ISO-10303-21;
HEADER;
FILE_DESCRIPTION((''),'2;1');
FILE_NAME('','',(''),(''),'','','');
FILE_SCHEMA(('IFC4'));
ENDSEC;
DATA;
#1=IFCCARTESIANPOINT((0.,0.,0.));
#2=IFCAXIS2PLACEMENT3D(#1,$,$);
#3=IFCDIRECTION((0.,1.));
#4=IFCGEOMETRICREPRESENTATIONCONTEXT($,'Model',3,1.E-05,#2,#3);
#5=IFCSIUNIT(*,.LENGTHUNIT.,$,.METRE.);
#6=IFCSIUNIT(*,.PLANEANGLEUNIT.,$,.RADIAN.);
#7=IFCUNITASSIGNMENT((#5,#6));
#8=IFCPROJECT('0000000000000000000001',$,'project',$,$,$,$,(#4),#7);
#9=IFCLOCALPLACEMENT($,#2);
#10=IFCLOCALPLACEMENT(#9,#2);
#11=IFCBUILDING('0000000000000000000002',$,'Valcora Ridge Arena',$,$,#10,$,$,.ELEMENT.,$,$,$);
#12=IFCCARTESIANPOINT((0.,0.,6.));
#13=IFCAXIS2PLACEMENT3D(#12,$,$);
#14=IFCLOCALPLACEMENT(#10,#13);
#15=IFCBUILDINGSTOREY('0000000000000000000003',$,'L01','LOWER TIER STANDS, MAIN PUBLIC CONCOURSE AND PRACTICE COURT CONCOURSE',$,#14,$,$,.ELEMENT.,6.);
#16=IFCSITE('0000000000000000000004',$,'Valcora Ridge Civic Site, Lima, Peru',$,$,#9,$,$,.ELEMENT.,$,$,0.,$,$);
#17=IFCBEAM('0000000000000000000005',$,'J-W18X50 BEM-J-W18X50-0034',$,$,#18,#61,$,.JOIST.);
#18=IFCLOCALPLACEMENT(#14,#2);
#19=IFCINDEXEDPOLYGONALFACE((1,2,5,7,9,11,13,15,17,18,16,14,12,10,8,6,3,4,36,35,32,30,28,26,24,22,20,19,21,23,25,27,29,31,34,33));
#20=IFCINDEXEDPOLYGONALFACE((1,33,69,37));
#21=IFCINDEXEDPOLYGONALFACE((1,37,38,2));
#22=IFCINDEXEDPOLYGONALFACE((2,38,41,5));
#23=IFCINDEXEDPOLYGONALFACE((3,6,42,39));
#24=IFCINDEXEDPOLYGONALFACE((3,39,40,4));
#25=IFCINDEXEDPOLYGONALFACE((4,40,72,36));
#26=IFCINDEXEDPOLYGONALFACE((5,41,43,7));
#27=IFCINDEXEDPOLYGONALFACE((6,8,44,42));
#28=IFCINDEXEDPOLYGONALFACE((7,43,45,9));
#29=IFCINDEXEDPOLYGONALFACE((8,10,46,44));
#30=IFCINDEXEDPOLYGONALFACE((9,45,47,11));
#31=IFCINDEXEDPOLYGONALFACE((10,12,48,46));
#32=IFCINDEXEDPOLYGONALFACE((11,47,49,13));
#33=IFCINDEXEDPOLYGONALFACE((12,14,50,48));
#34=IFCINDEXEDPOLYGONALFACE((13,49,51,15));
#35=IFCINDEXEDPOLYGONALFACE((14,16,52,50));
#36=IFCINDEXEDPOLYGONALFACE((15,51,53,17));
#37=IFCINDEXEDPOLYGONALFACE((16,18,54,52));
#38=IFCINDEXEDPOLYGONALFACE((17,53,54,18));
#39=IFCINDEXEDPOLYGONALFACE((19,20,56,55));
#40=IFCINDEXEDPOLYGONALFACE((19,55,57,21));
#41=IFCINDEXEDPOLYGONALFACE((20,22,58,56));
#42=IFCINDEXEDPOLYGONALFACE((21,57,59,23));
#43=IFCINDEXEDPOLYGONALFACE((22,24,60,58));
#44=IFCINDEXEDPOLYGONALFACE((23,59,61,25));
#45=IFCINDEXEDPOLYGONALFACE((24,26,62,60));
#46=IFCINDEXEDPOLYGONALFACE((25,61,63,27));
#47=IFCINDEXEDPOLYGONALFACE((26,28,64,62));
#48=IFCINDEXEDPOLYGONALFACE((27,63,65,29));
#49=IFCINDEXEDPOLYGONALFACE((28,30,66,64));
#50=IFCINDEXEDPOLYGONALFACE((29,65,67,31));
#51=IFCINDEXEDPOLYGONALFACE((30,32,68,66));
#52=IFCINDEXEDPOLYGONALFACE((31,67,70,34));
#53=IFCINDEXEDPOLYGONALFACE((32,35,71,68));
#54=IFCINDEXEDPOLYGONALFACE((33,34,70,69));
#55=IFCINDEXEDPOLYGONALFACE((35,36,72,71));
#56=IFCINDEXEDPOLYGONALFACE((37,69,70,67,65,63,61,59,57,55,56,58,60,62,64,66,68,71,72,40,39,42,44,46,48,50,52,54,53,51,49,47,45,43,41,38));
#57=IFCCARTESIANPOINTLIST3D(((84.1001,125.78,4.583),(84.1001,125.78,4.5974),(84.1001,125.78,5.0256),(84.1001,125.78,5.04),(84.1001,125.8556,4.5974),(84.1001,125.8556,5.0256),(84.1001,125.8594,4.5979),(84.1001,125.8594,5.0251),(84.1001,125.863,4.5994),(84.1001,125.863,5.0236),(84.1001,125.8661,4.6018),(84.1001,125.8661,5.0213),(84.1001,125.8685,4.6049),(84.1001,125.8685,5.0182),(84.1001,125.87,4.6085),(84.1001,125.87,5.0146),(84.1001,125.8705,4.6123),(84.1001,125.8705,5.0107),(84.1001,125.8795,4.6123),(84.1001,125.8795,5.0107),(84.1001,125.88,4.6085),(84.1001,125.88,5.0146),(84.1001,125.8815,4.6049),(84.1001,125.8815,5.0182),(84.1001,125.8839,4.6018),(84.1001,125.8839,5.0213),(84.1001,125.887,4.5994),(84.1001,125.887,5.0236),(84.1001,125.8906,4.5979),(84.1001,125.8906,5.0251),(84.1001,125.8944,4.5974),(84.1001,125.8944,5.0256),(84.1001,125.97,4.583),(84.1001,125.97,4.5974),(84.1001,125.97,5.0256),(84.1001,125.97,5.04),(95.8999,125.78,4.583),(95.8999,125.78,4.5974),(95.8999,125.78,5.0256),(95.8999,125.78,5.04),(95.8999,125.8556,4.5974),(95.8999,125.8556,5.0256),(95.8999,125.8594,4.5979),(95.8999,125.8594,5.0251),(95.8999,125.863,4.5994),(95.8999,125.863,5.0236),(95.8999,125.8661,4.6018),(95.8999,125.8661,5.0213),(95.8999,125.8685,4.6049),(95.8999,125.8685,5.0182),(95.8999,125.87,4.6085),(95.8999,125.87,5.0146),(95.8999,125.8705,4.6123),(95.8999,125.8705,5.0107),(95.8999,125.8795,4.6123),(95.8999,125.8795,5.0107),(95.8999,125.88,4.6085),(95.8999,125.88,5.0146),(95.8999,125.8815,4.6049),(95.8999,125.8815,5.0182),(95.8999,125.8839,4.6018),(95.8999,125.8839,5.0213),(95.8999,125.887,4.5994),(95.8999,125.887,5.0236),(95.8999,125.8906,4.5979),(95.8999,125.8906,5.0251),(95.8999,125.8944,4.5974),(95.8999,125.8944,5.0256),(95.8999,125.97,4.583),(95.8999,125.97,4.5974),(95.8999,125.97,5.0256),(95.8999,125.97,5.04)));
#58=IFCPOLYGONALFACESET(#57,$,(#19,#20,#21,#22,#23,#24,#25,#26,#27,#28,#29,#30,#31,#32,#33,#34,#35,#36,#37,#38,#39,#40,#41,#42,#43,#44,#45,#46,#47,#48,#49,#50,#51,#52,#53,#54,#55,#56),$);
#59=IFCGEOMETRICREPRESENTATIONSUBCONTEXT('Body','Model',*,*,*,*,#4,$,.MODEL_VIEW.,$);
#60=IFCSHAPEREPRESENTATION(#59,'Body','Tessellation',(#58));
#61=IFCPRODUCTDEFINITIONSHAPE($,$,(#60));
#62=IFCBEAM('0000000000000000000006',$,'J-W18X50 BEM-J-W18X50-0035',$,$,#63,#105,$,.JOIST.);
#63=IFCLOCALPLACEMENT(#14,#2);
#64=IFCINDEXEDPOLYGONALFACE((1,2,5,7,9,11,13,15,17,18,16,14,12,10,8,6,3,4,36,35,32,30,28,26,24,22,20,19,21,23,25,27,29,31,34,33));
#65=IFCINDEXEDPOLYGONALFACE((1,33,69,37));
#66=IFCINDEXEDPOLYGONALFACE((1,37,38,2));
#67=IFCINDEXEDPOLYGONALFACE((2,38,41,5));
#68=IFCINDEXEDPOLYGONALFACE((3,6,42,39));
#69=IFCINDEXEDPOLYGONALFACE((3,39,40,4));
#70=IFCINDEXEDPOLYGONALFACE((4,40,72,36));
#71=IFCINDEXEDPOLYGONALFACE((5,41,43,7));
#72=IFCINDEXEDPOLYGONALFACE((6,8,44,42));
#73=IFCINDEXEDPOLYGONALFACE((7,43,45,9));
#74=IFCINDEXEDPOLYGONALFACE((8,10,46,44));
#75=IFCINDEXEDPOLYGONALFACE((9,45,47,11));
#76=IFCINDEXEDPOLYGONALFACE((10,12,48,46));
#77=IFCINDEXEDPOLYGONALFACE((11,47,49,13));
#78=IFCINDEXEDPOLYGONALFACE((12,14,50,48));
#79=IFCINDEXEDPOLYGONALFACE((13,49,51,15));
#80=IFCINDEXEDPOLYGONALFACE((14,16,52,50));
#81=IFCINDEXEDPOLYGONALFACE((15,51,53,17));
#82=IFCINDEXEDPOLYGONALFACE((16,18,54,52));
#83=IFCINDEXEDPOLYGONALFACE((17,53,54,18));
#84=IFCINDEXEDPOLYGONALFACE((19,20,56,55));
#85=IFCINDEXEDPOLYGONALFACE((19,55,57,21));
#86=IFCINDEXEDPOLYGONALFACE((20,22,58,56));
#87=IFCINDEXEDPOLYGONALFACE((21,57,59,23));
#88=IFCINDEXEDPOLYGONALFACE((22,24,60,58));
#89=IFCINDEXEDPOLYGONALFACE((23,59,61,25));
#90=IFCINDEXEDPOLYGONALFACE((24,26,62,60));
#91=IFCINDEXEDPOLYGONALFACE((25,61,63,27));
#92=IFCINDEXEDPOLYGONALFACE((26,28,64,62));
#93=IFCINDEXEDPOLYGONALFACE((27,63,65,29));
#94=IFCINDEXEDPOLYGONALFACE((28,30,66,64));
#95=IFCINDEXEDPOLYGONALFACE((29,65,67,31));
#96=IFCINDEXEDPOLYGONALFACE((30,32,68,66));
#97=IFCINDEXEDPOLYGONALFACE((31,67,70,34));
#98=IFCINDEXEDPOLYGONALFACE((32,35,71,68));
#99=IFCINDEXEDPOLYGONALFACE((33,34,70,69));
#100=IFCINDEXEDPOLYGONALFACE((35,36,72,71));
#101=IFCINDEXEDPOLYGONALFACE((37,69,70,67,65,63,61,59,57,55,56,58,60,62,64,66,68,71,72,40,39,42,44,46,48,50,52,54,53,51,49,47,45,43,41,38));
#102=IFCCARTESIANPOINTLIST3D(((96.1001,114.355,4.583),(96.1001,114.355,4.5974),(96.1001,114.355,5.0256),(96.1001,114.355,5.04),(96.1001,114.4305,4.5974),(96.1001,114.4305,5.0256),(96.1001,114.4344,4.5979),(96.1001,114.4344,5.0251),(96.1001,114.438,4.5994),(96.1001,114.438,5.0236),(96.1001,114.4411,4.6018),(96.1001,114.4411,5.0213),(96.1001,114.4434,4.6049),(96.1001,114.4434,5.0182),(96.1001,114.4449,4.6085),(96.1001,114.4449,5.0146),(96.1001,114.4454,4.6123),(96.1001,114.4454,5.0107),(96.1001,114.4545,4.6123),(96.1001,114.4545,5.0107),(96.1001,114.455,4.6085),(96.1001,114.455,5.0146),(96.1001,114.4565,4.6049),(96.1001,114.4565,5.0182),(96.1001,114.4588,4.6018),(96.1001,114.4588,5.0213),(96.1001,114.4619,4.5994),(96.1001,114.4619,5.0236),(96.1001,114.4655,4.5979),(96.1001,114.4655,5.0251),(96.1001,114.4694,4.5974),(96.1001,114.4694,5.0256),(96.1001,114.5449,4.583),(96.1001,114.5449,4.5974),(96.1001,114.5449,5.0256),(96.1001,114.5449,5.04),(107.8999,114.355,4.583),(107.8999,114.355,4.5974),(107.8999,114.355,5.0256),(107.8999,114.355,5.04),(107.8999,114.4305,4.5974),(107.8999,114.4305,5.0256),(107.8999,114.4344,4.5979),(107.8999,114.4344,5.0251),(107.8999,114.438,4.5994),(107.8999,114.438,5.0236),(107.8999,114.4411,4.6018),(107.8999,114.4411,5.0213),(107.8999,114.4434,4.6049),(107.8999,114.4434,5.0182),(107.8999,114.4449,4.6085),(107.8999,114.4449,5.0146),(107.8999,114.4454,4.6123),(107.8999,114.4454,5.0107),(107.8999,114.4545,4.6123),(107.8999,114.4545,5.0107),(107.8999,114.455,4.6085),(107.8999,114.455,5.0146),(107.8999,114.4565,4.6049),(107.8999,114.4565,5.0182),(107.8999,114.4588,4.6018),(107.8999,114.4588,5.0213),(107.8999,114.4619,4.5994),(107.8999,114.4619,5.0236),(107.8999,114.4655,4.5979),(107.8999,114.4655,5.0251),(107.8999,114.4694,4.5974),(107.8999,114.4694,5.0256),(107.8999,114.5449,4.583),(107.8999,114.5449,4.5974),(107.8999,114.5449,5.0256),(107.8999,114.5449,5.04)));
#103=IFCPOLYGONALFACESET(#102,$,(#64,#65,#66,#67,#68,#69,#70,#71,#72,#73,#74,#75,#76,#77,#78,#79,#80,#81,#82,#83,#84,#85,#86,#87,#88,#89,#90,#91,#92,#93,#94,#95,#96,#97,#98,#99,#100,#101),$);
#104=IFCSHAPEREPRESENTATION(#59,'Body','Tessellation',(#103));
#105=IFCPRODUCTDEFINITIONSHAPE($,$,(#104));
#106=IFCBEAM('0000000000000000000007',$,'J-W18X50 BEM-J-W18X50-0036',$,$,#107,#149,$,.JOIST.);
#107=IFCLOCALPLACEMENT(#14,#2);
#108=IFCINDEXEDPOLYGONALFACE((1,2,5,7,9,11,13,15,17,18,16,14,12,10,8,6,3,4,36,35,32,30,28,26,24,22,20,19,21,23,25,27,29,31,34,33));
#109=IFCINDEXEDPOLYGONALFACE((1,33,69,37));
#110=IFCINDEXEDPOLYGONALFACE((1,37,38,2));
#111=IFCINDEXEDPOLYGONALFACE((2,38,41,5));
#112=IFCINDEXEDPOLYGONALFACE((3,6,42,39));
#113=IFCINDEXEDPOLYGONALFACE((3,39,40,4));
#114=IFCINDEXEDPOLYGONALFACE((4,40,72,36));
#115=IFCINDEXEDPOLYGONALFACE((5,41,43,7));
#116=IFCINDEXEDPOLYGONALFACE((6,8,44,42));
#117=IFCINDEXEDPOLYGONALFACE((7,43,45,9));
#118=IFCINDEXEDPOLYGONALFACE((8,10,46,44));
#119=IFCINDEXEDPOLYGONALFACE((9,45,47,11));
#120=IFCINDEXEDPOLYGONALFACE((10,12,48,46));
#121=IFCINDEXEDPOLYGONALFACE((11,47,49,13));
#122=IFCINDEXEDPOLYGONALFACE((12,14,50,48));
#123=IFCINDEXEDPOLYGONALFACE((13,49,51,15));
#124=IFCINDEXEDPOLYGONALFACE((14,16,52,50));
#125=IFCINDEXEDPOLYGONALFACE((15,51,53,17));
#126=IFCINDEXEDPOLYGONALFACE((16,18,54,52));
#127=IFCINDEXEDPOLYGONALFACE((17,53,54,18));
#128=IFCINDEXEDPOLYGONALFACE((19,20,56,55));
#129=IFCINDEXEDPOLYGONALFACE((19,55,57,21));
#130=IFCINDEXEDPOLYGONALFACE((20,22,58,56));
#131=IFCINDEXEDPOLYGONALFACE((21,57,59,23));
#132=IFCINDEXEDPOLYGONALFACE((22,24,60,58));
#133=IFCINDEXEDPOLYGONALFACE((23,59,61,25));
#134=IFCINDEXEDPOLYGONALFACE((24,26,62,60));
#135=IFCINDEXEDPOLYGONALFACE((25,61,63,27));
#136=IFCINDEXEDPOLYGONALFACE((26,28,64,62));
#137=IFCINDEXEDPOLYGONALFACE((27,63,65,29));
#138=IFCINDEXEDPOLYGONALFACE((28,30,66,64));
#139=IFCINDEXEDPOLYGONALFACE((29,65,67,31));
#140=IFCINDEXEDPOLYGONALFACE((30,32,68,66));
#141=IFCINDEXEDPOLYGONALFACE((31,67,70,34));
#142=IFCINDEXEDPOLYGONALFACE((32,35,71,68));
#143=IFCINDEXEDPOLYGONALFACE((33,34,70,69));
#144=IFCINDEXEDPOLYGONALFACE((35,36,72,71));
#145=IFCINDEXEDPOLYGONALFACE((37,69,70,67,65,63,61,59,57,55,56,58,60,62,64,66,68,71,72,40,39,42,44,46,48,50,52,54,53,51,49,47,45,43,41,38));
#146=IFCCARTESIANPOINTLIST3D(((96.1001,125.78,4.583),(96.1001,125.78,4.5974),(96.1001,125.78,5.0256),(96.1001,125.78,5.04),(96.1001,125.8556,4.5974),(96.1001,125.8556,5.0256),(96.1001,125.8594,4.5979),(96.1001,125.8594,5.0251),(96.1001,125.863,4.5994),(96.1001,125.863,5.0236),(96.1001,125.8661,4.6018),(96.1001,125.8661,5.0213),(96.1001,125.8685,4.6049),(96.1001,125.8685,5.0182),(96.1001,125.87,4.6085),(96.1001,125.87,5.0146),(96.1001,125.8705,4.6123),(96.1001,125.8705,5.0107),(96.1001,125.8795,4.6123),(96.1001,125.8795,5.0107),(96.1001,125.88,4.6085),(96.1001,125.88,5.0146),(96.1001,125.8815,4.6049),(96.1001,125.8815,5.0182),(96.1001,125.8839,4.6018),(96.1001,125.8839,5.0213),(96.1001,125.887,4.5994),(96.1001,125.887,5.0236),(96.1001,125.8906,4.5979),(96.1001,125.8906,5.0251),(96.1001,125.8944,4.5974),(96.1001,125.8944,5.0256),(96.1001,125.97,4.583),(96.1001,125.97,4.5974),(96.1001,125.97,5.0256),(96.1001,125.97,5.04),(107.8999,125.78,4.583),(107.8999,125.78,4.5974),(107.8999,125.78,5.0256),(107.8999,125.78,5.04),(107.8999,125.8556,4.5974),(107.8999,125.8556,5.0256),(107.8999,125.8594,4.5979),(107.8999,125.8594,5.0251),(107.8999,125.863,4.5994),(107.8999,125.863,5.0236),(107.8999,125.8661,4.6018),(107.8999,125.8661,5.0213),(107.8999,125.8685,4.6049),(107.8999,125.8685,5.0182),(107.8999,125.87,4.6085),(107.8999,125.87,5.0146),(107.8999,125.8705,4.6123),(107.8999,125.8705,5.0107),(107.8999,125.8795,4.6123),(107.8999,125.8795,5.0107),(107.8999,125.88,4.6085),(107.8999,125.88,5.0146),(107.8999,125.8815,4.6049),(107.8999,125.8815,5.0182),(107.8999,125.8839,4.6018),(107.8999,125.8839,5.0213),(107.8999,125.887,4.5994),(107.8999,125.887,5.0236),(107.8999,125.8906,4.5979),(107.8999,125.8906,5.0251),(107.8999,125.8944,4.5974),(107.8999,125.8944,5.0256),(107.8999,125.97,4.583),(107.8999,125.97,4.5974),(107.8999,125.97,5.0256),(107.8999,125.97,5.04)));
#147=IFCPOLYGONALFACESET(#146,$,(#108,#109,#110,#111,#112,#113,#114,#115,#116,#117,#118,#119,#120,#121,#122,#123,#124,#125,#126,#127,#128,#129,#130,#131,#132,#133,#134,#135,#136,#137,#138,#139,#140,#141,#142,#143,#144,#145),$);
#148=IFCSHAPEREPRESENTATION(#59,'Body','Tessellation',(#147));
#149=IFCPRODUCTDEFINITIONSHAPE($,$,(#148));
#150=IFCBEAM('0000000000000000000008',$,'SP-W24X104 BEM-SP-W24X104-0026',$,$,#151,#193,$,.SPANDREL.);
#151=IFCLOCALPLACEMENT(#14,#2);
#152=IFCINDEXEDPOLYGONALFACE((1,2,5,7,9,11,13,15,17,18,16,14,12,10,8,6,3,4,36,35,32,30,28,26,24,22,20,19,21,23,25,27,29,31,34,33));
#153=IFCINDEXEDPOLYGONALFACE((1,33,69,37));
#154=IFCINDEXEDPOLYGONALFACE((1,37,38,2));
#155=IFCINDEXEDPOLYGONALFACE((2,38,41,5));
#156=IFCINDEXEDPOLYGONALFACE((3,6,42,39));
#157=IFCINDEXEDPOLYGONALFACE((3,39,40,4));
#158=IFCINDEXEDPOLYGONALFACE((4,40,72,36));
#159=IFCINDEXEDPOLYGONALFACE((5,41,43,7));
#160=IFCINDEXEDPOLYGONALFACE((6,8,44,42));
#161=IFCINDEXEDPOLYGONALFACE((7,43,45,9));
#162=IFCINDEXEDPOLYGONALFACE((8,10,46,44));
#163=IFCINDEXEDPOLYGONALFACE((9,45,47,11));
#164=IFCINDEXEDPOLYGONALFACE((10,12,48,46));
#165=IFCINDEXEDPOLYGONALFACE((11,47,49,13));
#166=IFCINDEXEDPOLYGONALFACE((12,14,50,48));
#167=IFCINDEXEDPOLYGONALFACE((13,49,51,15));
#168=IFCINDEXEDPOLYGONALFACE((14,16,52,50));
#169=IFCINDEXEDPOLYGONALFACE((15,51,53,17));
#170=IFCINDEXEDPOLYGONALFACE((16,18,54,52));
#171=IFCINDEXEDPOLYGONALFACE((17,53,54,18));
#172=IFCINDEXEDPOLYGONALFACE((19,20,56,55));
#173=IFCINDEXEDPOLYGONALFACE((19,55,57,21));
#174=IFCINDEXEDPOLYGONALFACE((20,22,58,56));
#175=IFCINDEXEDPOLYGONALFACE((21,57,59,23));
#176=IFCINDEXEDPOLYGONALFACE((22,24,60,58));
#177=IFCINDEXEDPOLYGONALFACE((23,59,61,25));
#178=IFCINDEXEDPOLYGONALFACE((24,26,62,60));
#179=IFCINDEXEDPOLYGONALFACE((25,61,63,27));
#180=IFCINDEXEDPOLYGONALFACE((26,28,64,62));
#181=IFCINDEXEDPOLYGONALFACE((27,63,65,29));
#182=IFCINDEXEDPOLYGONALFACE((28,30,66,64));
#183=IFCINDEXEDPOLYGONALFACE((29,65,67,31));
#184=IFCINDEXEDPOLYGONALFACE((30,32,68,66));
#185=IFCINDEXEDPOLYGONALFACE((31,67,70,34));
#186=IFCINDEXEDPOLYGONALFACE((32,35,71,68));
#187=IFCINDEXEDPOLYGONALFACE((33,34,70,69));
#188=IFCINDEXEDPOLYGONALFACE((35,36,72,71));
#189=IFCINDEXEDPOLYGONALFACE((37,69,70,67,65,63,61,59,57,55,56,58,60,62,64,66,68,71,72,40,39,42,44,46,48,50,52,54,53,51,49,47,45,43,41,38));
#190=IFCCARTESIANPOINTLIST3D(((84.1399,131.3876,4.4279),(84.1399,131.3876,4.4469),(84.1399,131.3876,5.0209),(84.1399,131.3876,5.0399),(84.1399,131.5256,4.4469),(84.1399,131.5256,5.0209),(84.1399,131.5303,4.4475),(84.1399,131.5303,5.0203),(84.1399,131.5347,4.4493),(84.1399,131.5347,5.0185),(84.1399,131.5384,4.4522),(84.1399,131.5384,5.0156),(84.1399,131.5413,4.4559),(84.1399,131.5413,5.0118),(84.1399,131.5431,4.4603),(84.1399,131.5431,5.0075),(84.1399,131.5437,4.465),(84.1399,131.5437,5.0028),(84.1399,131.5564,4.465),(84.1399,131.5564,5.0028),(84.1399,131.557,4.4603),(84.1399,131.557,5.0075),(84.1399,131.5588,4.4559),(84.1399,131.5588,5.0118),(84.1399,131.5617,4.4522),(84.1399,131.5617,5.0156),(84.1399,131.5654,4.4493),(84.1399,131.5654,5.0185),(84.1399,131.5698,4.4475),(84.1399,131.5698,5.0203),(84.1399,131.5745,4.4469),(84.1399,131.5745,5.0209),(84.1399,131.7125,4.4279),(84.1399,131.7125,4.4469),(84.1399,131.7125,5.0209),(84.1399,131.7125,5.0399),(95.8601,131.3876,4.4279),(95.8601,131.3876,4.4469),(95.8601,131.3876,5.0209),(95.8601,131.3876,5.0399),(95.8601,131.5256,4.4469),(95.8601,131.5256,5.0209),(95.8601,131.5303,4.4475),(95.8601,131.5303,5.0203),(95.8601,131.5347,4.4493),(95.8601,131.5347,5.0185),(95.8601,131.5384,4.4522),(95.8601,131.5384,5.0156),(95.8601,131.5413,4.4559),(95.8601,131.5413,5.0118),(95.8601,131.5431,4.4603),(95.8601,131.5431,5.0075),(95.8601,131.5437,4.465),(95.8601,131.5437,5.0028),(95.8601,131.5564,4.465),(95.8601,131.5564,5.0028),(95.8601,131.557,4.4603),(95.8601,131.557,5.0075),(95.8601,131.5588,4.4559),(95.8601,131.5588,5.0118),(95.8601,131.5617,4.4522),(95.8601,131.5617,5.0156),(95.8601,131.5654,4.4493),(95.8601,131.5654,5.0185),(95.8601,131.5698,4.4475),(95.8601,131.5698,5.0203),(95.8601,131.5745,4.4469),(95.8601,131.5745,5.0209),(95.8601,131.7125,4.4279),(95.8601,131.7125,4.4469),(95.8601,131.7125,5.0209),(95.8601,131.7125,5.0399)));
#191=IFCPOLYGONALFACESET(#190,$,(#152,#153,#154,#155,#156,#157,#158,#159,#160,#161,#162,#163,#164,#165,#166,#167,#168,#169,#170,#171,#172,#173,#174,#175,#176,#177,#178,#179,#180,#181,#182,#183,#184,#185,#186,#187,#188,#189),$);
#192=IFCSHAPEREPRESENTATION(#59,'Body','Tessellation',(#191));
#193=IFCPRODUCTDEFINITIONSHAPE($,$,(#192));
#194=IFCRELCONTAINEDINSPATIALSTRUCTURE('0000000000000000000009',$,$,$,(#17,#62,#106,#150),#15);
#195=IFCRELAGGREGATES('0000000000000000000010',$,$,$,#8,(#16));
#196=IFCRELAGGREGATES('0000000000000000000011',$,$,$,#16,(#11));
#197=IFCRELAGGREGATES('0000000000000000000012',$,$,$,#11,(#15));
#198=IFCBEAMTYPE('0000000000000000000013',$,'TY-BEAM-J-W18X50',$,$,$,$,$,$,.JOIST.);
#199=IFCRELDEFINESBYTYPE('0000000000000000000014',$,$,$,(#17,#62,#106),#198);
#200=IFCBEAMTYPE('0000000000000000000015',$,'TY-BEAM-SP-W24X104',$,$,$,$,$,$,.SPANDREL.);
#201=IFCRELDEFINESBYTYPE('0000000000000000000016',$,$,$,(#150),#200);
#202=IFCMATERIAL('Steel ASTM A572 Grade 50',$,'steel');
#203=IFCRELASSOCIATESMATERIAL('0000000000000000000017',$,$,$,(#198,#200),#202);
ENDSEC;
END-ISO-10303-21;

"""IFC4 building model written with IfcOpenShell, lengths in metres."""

from ifc_helpers import new_model, si_unit, direction, frame, origin, origin_2d, place, context, subcontext, project, spatial, i_section, extrude, material, material_profile, profile_set, type_object, element, save


model = new_model("IFC4")

# Units and contexts
model_context = context("Model", 3, precision=1e-05, world=origin(), true_north=direction((0.0, 1.0)))
body_context = subcontext(model_context, "Body", "Model", "MODEL_VIEW")
ifc_project = project(units=[si_unit("LENGTHUNIT", "METRE"), si_unit("PLANEANGLEUNIT", "RADIAN")], contexts=[model_context])

# Site, building, storey
site_placement = place(None, origin())
site = spatial("IfcSite", under=ifc_project, at=site_placement, Name="Valcora Ridge Civic Site, Lima, Peru", CompositionType="ELEMENT", RefElevation=0.0)
building_placement = place(site_placement, origin())
building = spatial("IfcBuilding", under=site, at=building_placement, Name="Valcora Ridge Arena", CompositionType="ELEMENT")
storey_placement = place(building_placement, frame((0.0, 0.0, 6.0)))
storey = spatial("IfcBuildingStorey", under=building, at=storey_placement, Name="L01", Description="LOWER TIER STANDS, MAIN PUBLIC CONCOURSE AND PRACTICE COURT CONCOURSE", CompositionType="ELEMENT", Elevation=6.0)

# Beams
ifc_material_1 = material(Name="Steel ASTM A572 Grade 50", Category="steel")
ifc_material_profile_1 = material_profile(ifc_material_1, i_section(OverallWidth=0.1899, OverallDepth=0.457, WebThickness=0.009, FlangeThickness=0.0144, FilletRadius=0.0149, at=origin_2d()), Name="W18X50")
ifc_profile_set_1 = profile_set([ifc_material_profile_1], Name="Steel ASTM A572 Grade 50")
beam_type_1 = type_object("IfcBeamType", Name="TY-BEAM-J-W18X50", PredefinedType="JOIST", material=ifc_profile_set_1)
for number, where, z_axis, x_axis, name in (
    (1, (84.1001, 125.875, 4.8115), (1.0, 0.0, 0.0), (0.0, 1.0, 0.0), "J-W18X50 BEM-J-W18X50-0034"),
    (2, (96.1001, 114.45, 4.8115), (1.0, 0.0, 0.0), (0.0, 1.0, 0.0), "J-W18X50 BEM-J-W18X50-0035"),
    (3, (96.1001, 125.875, 4.8115), (1.0, 0.0, 0.0), (0.0, 1.0, 0.0), "J-W18X50 BEM-J-W18X50-0036"),
):
    element("IfcBeam", number, at=place(storey_placement, frame(where, z_axis=z_axis, x_axis=x_axis)), inside=storey, type_object=beam_type_1, Name=name, PredefinedType="JOIST", context=body_context, shape_type="SweptSolid", body=[
        extrude(i_section(OverallWidth=0.1899, OverallDepth=0.457, WebThickness=0.009, FlangeThickness=0.0144, FilletRadius=0.0149, at=origin_2d()), origin(), (0.0, 0.0, 1.0), 11.7998),
    ])
ifc_material_profile_2 = material_profile(ifc_material_1, i_section(OverallWidth=0.325, OverallDepth=0.6121, WebThickness=0.0127, FlangeThickness=0.019, FilletRadius=0.0181, at=origin_2d()), Name="W24X104")
ifc_profile_set_2 = profile_set([ifc_material_profile_2], Name="Steel ASTM A572 Grade 50")
beam_type_2 = type_object("IfcBeamType", Name="TY-BEAM-SP-W24X104", PredefinedType="SPANDREL", material=ifc_profile_set_2)
beam_1_placement = place(storey_placement, frame((84.1399, 131.55, 4.7339), z_axis=(1.0, 0.0, 0.0), x_axis=(0.0, 1.0, 0.0)))
element("IfcBeam", 4, at=beam_1_placement, inside=storey, type_object=beam_type_2, Name="SP-W24X104 BEM-SP-W24X104-0026", PredefinedType="SPANDREL", context=body_context, shape_type="SweptSolid", body=[
    extrude(i_section(OverallWidth=0.325, OverallDepth=0.6121, WebThickness=0.0127, FlangeThickness=0.019, FilletRadius=0.0181, at=origin_2d()), origin(), (0.0, 0.0, 1.0), 11.7202),
])

save(model, "model.ifc")
